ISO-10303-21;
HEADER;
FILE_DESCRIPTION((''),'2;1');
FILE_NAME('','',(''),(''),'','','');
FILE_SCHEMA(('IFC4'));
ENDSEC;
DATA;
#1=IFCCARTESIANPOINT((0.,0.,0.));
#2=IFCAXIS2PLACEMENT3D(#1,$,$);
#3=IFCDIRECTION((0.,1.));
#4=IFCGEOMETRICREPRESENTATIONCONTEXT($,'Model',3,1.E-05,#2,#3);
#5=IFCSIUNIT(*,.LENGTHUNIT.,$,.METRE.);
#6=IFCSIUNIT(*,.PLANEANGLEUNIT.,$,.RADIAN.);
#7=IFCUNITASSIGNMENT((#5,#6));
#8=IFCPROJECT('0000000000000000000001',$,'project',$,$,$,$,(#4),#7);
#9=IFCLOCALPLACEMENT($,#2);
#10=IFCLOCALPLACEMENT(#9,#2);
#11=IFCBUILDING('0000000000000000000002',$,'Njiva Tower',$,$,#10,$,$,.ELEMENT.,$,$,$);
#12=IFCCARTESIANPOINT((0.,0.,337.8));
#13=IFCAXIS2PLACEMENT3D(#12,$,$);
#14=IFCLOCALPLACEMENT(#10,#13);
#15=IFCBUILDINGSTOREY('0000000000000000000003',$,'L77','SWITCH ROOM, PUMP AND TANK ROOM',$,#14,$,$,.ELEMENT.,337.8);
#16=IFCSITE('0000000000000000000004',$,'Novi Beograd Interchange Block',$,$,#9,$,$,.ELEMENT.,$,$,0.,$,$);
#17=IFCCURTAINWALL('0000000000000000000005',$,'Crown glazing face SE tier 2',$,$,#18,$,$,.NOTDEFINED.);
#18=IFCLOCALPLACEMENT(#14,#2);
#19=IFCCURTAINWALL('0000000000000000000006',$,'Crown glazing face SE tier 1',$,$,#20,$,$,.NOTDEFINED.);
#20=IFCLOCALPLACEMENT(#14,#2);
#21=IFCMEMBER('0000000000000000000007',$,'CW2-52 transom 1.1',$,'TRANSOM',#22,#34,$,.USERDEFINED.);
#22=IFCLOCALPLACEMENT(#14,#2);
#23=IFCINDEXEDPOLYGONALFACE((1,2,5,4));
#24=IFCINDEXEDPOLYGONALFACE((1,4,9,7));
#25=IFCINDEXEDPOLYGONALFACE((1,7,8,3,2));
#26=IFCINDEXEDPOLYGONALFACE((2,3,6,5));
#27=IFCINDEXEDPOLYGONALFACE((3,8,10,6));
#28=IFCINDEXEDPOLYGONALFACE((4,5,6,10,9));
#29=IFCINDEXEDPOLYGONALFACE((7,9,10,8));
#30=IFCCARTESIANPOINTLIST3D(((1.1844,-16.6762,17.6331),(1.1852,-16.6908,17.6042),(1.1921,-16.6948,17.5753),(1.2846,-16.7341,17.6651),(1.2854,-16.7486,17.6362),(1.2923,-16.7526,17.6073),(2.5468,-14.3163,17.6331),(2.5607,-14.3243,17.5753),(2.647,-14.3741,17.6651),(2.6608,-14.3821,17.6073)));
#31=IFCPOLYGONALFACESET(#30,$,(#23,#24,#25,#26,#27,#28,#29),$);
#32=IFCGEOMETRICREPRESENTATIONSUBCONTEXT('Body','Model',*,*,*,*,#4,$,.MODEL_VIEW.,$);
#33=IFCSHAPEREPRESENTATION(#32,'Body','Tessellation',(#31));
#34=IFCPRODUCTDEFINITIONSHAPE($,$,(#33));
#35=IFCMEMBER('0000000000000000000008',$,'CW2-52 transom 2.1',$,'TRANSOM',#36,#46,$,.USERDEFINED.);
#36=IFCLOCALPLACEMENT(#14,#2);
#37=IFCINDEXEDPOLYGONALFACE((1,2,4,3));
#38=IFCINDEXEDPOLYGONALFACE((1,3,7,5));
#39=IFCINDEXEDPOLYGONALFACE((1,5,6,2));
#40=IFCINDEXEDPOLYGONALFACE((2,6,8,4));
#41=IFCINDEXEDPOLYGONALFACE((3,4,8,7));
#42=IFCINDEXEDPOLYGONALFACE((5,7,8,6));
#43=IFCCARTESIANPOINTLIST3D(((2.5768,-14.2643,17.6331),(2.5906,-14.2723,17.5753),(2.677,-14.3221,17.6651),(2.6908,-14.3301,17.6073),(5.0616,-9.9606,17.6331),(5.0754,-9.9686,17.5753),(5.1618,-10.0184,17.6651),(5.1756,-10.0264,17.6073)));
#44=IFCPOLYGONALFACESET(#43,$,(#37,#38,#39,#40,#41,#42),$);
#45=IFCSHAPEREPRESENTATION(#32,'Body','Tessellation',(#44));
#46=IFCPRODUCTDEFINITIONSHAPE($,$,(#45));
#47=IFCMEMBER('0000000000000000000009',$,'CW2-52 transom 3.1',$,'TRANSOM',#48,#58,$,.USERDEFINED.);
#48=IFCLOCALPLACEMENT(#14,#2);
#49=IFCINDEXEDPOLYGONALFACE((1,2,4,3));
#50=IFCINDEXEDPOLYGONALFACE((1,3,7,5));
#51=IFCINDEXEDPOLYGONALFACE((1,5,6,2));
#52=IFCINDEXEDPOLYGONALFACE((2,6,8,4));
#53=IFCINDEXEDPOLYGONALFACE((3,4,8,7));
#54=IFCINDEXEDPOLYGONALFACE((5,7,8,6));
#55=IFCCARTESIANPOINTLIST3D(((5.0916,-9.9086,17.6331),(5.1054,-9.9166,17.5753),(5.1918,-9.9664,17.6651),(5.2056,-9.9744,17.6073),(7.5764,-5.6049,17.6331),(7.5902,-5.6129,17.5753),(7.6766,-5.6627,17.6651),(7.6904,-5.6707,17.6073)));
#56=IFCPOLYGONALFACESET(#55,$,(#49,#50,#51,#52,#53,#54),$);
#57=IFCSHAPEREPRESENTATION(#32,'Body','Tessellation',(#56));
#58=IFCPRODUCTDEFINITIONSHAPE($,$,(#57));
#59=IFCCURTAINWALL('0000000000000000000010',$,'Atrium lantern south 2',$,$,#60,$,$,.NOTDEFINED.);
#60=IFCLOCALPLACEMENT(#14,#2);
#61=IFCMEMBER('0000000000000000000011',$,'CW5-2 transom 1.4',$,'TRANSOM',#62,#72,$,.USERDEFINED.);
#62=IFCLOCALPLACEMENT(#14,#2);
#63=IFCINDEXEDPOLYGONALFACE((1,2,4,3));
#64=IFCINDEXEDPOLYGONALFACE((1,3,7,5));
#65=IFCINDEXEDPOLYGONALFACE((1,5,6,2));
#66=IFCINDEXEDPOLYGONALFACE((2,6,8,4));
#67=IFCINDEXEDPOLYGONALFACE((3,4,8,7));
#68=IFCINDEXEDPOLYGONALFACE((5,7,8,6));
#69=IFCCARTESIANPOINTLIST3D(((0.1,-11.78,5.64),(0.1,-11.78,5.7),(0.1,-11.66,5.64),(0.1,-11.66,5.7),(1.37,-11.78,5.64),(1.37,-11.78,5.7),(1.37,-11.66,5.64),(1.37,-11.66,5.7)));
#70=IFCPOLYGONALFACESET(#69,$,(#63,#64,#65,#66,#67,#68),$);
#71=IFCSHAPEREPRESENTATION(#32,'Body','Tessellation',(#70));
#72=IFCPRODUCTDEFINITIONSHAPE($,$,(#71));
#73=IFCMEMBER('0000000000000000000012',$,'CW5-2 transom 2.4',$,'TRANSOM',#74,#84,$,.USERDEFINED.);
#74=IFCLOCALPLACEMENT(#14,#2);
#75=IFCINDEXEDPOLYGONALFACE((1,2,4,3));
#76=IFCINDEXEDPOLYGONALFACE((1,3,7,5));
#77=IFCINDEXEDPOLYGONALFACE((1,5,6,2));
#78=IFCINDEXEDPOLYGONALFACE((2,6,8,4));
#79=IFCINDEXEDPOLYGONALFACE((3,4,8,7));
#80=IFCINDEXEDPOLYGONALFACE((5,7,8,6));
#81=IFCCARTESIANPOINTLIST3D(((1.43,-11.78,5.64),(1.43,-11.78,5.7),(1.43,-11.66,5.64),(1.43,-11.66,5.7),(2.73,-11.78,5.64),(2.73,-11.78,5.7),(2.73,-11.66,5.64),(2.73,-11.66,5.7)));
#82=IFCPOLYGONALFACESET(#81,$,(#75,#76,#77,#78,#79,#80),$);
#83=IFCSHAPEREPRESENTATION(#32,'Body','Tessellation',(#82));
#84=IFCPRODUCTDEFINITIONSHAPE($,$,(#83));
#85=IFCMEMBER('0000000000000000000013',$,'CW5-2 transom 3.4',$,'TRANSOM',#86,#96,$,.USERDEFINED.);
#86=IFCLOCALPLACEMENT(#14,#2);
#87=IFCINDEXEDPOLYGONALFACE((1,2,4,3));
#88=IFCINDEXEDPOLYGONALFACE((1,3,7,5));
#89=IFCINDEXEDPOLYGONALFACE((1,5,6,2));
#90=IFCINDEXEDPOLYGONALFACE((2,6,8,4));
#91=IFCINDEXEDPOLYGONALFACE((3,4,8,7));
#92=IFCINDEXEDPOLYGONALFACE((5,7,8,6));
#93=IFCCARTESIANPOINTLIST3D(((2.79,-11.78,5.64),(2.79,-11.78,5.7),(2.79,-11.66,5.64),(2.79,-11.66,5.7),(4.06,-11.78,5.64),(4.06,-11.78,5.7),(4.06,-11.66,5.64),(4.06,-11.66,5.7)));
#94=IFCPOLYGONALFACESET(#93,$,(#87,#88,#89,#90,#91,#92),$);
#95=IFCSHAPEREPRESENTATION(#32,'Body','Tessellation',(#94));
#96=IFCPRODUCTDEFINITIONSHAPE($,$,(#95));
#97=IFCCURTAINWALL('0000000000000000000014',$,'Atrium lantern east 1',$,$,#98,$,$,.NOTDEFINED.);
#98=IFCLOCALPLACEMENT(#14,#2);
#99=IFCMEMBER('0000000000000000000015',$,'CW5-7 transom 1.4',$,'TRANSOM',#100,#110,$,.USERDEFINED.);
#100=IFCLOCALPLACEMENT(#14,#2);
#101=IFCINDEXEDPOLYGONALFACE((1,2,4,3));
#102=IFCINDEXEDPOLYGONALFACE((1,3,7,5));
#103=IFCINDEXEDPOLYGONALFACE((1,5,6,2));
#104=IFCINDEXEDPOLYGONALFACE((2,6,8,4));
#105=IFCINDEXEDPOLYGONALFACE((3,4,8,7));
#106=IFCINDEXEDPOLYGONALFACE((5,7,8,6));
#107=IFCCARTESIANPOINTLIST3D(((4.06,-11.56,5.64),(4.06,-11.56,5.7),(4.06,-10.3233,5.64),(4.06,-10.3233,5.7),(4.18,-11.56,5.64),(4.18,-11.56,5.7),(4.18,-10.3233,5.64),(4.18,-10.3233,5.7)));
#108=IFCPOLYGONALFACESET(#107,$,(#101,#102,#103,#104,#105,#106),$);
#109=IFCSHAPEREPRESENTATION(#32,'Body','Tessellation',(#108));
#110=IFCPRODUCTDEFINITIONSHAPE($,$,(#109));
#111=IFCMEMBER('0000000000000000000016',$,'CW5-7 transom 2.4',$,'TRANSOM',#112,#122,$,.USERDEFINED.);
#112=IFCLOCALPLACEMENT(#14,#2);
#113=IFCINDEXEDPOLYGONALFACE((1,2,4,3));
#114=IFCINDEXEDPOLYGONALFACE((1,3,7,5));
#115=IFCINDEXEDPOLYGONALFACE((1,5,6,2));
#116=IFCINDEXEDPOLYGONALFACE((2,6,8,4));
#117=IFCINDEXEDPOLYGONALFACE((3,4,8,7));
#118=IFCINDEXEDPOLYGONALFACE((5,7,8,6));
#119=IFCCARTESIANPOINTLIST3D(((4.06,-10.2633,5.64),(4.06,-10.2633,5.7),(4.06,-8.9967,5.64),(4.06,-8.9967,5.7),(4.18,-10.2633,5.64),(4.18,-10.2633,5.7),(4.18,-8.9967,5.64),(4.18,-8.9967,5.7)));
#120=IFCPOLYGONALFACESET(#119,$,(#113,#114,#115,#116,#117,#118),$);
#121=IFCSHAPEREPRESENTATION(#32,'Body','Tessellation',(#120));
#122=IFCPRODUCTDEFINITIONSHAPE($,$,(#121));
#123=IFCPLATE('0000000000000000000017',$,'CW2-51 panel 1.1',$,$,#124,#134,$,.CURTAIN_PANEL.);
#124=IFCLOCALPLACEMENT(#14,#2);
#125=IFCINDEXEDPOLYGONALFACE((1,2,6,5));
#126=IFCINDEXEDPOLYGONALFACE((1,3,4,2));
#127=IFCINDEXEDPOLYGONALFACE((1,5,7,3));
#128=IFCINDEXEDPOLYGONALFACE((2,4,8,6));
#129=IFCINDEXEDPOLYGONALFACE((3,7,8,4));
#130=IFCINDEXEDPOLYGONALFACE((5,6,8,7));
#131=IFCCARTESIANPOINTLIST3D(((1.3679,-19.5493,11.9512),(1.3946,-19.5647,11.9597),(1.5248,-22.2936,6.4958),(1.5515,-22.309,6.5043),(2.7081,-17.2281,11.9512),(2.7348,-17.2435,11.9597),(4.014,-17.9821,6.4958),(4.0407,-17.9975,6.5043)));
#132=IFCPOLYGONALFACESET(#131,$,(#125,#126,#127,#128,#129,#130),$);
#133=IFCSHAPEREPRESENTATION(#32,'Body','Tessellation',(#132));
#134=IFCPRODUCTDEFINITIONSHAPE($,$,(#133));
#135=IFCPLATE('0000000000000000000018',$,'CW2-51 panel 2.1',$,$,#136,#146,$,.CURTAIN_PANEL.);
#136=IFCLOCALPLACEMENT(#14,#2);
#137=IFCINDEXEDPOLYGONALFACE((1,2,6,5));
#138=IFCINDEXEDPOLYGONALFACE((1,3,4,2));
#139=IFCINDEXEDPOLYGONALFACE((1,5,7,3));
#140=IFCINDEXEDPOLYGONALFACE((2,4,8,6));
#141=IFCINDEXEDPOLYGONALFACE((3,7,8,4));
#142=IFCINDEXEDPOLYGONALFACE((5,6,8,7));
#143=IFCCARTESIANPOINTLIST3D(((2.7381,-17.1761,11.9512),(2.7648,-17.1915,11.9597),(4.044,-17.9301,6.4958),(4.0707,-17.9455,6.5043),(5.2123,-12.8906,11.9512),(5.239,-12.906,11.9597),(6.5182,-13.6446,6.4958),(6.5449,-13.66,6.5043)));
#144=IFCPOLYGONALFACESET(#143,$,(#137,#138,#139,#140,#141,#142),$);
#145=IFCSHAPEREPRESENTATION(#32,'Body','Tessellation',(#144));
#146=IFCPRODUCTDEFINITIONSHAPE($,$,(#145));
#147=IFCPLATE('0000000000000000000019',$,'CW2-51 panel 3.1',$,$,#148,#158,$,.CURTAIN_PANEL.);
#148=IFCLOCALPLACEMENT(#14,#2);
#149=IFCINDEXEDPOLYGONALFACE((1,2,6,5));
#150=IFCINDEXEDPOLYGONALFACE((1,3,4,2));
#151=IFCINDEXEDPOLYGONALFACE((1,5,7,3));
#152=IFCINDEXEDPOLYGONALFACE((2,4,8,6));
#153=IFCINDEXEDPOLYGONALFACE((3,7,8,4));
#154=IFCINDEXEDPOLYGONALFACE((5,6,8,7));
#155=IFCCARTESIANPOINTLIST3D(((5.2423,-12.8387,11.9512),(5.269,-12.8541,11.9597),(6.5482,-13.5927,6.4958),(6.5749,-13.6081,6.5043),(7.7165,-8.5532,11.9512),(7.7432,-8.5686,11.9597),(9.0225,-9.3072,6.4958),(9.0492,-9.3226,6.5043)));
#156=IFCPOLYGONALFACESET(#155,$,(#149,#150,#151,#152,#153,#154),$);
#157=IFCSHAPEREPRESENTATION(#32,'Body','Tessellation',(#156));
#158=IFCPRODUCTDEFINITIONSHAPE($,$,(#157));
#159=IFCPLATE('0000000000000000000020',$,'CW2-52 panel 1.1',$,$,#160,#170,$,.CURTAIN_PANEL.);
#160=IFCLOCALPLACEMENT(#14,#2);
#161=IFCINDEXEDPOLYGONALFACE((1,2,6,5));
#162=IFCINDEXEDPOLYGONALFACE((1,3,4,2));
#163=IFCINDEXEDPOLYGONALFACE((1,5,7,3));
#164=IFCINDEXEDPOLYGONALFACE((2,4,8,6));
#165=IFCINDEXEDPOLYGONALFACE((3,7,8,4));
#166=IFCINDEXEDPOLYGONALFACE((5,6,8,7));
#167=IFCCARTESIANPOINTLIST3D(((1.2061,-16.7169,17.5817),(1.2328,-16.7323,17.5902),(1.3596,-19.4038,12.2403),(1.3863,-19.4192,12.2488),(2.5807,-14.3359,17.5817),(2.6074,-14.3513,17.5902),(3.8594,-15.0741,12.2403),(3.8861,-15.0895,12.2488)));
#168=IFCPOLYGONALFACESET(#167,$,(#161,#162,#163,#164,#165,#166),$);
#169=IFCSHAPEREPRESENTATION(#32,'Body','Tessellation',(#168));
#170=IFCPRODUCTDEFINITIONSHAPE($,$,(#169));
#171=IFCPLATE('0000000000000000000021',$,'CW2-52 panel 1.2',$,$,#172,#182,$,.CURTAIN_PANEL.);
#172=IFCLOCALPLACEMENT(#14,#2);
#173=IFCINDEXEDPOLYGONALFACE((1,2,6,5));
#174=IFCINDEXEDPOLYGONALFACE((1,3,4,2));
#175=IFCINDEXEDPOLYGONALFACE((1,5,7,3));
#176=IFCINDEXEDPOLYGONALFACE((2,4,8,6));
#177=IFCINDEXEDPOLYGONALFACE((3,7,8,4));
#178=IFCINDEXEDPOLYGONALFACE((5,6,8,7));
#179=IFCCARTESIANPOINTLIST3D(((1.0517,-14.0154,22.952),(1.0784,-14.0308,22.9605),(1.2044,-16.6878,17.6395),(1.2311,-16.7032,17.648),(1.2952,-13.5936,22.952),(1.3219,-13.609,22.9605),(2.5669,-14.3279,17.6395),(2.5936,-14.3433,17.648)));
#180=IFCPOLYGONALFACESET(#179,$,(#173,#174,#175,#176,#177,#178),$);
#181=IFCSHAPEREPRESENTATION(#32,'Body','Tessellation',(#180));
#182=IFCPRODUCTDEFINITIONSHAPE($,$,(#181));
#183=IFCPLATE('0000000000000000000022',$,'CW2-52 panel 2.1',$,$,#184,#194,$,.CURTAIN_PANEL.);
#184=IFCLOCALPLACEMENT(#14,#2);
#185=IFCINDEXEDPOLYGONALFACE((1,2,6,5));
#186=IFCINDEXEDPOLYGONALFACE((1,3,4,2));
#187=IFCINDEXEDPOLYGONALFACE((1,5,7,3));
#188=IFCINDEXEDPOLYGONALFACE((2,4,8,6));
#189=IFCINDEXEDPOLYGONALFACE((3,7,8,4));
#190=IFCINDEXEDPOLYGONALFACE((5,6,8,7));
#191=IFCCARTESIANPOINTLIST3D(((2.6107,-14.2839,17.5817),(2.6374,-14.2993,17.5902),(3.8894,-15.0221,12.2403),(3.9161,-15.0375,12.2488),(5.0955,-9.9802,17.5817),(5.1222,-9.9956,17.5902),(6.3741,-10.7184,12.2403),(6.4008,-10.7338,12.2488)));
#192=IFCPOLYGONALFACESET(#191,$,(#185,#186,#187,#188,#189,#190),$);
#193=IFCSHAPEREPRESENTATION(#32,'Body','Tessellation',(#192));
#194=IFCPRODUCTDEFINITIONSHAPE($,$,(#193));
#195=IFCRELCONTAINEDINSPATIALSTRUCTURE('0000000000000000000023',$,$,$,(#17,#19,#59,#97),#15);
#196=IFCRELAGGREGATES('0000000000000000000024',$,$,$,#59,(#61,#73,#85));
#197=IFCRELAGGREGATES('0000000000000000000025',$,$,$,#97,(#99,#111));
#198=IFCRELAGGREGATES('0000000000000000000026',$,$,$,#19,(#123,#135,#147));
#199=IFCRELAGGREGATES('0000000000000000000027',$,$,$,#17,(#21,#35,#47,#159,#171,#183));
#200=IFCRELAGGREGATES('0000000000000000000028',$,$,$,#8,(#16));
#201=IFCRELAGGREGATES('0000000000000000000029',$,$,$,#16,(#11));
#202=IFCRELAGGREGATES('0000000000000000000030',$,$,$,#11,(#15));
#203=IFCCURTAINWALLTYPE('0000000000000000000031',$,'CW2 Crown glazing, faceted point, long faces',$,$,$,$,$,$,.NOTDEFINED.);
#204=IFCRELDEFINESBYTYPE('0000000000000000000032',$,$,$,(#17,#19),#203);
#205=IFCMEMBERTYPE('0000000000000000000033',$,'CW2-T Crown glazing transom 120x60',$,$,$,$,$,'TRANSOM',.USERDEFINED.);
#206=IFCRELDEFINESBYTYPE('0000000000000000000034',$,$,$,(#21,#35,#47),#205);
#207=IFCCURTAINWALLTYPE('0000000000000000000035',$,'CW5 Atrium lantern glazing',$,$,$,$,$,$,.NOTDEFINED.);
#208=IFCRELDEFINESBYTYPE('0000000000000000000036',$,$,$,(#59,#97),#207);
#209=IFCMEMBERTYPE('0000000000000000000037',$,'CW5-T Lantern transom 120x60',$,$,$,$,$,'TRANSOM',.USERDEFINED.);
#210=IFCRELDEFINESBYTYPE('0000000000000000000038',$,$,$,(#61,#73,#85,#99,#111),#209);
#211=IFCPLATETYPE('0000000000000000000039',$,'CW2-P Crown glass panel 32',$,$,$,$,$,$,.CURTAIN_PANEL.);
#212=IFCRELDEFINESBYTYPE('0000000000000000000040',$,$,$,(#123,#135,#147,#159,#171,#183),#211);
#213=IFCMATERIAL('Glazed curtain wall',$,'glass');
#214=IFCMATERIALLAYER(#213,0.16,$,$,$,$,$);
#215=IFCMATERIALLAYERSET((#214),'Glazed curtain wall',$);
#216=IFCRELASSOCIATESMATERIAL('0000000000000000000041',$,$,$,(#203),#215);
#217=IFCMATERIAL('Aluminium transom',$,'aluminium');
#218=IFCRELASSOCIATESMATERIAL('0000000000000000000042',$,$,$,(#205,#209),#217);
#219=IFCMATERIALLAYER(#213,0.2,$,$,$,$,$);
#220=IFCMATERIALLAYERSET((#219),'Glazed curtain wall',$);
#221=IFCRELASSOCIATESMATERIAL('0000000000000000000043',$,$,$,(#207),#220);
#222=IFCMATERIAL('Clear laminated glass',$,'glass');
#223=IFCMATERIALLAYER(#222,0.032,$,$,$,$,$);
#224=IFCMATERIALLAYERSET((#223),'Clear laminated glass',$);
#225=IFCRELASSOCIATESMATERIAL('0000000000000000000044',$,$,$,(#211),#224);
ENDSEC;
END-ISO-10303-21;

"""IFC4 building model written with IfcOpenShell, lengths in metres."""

from ifc_helpers import new_model, si_unit, direction, frame, origin, origin_2d, place, context, subcontext, project, spatial, polyline, rectangle, outline, extrude, clip, halfspace, material, layer, layer_set, material_profile, profile_set, type_object, element, aggregate, save


model = new_model("IFC4")

# Units and contexts
model_context = context("Model", 3, precision=1e-05, world=origin(), true_north=direction((0.0, 1.0)))
body_context = subcontext(model_context, "Body", "Model", "MODEL_VIEW")
ifc_project = project(units=[si_unit("LENGTHUNIT", "METRE"), si_unit("PLANEANGLEUNIT", "RADIAN")], contexts=[model_context])

# Site, building, storey
site_placement = place(None, origin())
site = spatial("IfcSite", under=ifc_project, at=site_placement, Name="Novi Beograd Interchange Block", CompositionType="ELEMENT", RefElevation=0.0)
building_placement = place(site_placement, origin())
building = spatial("IfcBuilding", under=site, at=building_placement, Name="Njiva Tower", CompositionType="ELEMENT")
storey_placement = place(building_placement, frame((0.0, 0.0, 337.8)))
storey = spatial("IfcBuildingStorey", under=building, at=storey_placement, Name="L77", Description="SWITCH ROOM, PUMP AND TANK ROOM", CompositionType="ELEMENT", Elevation=337.8)

# Curtain wall
ifc_material_1 = material(Name="Glazed curtain wall", Category="glass")
ifc_layer_1 = layer(ifc_material_1, 0.16)
ifc_layer_set_1 = layer_set([ifc_layer_1], Name="Glazed curtain wall")
curtain_wall_type_1 = type_object("IfcCurtainWallType", Name="CW2 Crown glazing, faceted point, long faces", PredefinedType="NOTDEFINED", material=ifc_layer_set_1)
curtain_wall_1_placement = place(storey_placement, origin())
curtain_wall_1 = element("IfcCurtainWall", 1, at=curtain_wall_1_placement, inside=storey, type_object=curtain_wall_type_1, Name="Crown glazing face SE tier 2", PredefinedType="NOTDEFINED")

# Curtain wall
curtain_wall_2_placement = place(storey_placement, origin())
curtain_wall_2 = element("IfcCurtainWall", 2, at=curtain_wall_2_placement, inside=storey, type_object=curtain_wall_type_1, Name="Crown glazing face SE tier 1", PredefinedType="NOTDEFINED")

# Members
ifc_material_2 = material(Name="Aluminium transom", Category="aluminium")
ifc_material_profile_1 = material_profile(ifc_material_2, rectangle(XDim=0.12, YDim=0.06, at=origin_2d()), Name="RECT 120x60")
ifc_profile_set_1 = profile_set([ifc_material_profile_1], Name="Aluminium transom")
member_type_1 = type_object("IfcMemberType", Name="CW2-T Crown glazing transom 120x60", ElementType="TRANSOM", PredefinedType="USERDEFINED", material=ifc_profile_set_1)
member_1_placement = place(storey_placement, frame((1.2353, -16.7197, 17.6202), z_axis=(0.49997, 0.866043, 0.0), x_axis=(0.834739, -0.481899, 0.266428)))
member_1 = element("IfcMember", 3, at=member_1_placement, type_object=member_type_1, Name="CW2-52 transom 1.1", ObjectType="TRANSOM", PredefinedType="USERDEFINED", context=body_context, shape_type="Clipping", body=[
    clip(extrude(rectangle(XDim=0.12, YDim=0.06, at=origin_2d()), origin(), (0.0, 0.0, 1.0), 2.7372), halfspace(frame((0.0599, 0.0, 0.0), z_axis=(-0.000031, -0.376223, -0.926529), x_axis=(0.0, -0.926529, 0.376223)), False)),
])
member_2_placement = place(storey_placement, frame((2.6338, -14.2972, 17.6202), z_axis=(0.500009, 0.86602, 0.0), x_axis=(0.834718, -0.481936, 0.266428)))
member_2 = element("IfcMember", 4, at=member_2_placement, type_object=member_type_1, Name="CW2-52 transom 2.1", ObjectType="TRANSOM", PredefinedType="USERDEFINED", context=body_context, shape_type="SweptSolid", body=[
    extrude(rectangle(XDim=0.12, YDim=0.06, at=origin_2d()), origin(), (0.0, 0.0, 1.0), 4.9695),
])
member_3_placement = place(storey_placement, frame((5.1486, -9.9415, 17.6202), z_axis=(0.500009, 0.86602, 0.0), x_axis=(0.834718, -0.481936, 0.266428)))
member_3 = element("IfcMember", 5, at=member_3_placement, type_object=member_type_1, Name="CW2-52 transom 3.1", ObjectType="TRANSOM", PredefinedType="USERDEFINED", context=body_context, shape_type="SweptSolid", body=[
    extrude(rectangle(XDim=0.12, YDim=0.06, at=origin_2d()), origin(), (0.0, 0.0, 1.0), 4.9695),
])

# Curtain walls, members
ifc_layer_2 = layer(ifc_material_1, 0.2)
ifc_layer_set_2 = layer_set([ifc_layer_2], Name="Glazed curtain wall")
curtain_wall_type_2 = type_object("IfcCurtainWallType", Name="CW5 Atrium lantern glazing", PredefinedType="NOTDEFINED", material=ifc_layer_set_2)
curtain_wall_3_placement = place(storey_placement, origin())
curtain_wall_3 = element("IfcCurtainWall", 6, at=curtain_wall_3_placement, inside=storey, type_object=curtain_wall_type_2, Name="Atrium lantern south 2", PredefinedType="NOTDEFINED")
ifc_material_profile_2 = material_profile(ifc_material_2, rectangle(XDim=0.12, YDim=0.06, at=origin_2d()), Name="RECT 120x60")
ifc_profile_set_2 = profile_set([ifc_material_profile_2], Name="Aluminium transom")
member_type_2 = type_object("IfcMemberType", Name="CW5-T Lantern transom 120x60", ElementType="TRANSOM", PredefinedType="USERDEFINED", material=ifc_profile_set_2)
member_4_placement = place(storey_placement, frame((0.1, -11.72, 5.67), z_axis=(1.0, 0.0, 0.0), x_axis=(0.0, 1.0, 0.0)))
member_4 = element("IfcMember", 7, at=member_4_placement, type_object=member_type_2, Name="CW5-2 transom 1.4", ObjectType="TRANSOM", PredefinedType="USERDEFINED", context=body_context, shape_type="SweptSolid", body=[
    extrude(rectangle(XDim=0.12, YDim=0.06, at=origin_2d()), origin(), (0.0, 0.0, 1.0), 1.27),
])
member_5_placement = place(storey_placement, frame((1.43, -11.72, 5.67), z_axis=(1.0, 0.0, 0.0), x_axis=(0.0, 1.0, 0.0)))
member_5 = element("IfcMember", 8, at=member_5_placement, type_object=member_type_2, Name="CW5-2 transom 2.4", ObjectType="TRANSOM", PredefinedType="USERDEFINED", context=body_context, shape_type="SweptSolid", body=[
    extrude(rectangle(XDim=0.12, YDim=0.06, at=origin_2d()), origin(), (0.0, 0.0, 1.0), 1.3),
])
member_6_placement = place(storey_placement, frame((2.79, -11.72, 5.67), z_axis=(1.0, 0.0, 0.0), x_axis=(0.0, 1.0, 0.0)))
member_6 = element("IfcMember", 9, at=member_6_placement, type_object=member_type_2, Name="CW5-2 transom 3.4", ObjectType="TRANSOM", PredefinedType="USERDEFINED", context=body_context, shape_type="SweptSolid", body=[
    extrude(rectangle(XDim=0.12, YDim=0.06, at=origin_2d()), origin(), (0.0, 0.0, 1.0), 1.27),
])
aggregate(curtain_wall_3, [member_4, member_5, member_6])
curtain_wall_4_placement = place(storey_placement, origin())
curtain_wall_4 = element("IfcCurtainWall", 10, at=curtain_wall_4_placement, inside=storey, type_object=curtain_wall_type_2, Name="Atrium lantern east 1", PredefinedType="NOTDEFINED")
member_7_placement = place(storey_placement, frame((4.12, -11.56, 5.67), z_axis=(0.0, 1.0, 0.0), x_axis=(-1.0, 0.0, 0.0)))
member_7 = element("IfcMember", 11, at=member_7_placement, type_object=member_type_2, Name="CW5-7 transom 1.4", ObjectType="TRANSOM", PredefinedType="USERDEFINED", context=body_context, shape_type="SweptSolid", body=[
    extrude(rectangle(XDim=0.12, YDim=0.06, at=origin_2d()), origin(), (0.0, 0.0, 1.0), 1.2367),
])
member_8_placement = place(storey_placement, frame((4.12, -10.2633, 5.67), z_axis=(0.0, 1.0, 0.0), x_axis=(-1.0, 0.0, 0.0)))
member_8 = element("IfcMember", 12, at=member_8_placement, type_object=member_type_2, Name="CW5-7 transom 2.4", ObjectType="TRANSOM", PredefinedType="USERDEFINED", context=body_context, shape_type="SweptSolid", body=[
    extrude(rectangle(XDim=0.12, YDim=0.06, at=origin_2d()), origin(), (0.0, 0.0, 1.0), 1.2666),
])
aggregate(curtain_wall_4, [member_7, member_8])

# Plates
ifc_material_3 = material(Name="Clear laminated glass", Category="glass")
ifc_layer_3 = layer(ifc_material_3, 0.032)
ifc_layer_set_3 = layer_set([ifc_layer_3], Name="Clear laminated glass")
plate_type_1 = type_object("IfcPlateType", Name="CW2-P Crown glass panel 32", PredefinedType="CURTAIN_PANEL", material=ifc_layer_set_3)
plate_1_placement = place(storey_placement, frame((4.0407, -17.9975, 6.5043), z_axis=(0.834722, -0.481928, 0.26643), x_axis=(-0.230732, 0.13322, 0.963854)))
plate_1 = element("IfcPlate", 13, at=plate_1_placement, type_object=plate_type_1, Name="CW2-51 panel 1.1", PredefinedType="CURTAIN_PANEL", context=body_context, shape_type="SweptSolid", body=[
    extrude(outline(polyline([(0.0, 0.0), (5.66, 0.0), (5.66, 2.6803), (0.0, 4.9785), (0.0, 0.0)])), origin(), (0.0, 0.0, -1.0), 0.032),
])
plate_2_placement = place(storey_placement, frame((6.5449, -13.66, 6.5043), z_axis=(0.834727, -0.481923, 0.266422), x_axis=(-0.230726, 0.133216, 0.963856)))
plate_2 = element("IfcPlate", 14, at=plate_2_placement, type_object=plate_type_1, Name="CW2-51 panel 2.1", PredefinedType="CURTAIN_PANEL", context=body_context, shape_type="SweptSolid", body=[
    extrude(outline(polyline([(0.0, 0.0), (5.66, 0.0), (5.6599, 4.9485), (0.0, 4.9485), (0.0, 0.0)])), origin(), (0.0, 0.0, -1.0), 0.032),
])
plate_3_placement = place(storey_placement, frame((9.0492, -9.3226, 6.5043), z_axis=(0.834721, -0.481929, 0.266429), x_axis=(-0.230736, 0.133212, 0.963854)))
plate_3 = element("IfcPlate", 15, at=plate_3_placement, type_object=plate_type_1, Name="CW2-51 panel 3.1", PredefinedType="CURTAIN_PANEL", context=body_context, shape_type="SweptSolid", body=[
    extrude(outline(polyline([(0.0, 0.0), (5.66, 0.0), (5.66, 4.9485), (0.0, 4.9485), (0.0, 0.0)])), origin(), (0.0, 0.0, -1.0), 0.032),
])
aggregate(curtain_wall_2, [plate_1, plate_2, plate_3])
plate_4_placement = place(storey_placement, frame((3.8861, -15.0895, 12.2488), z_axis=(0.834725, -0.481926, 0.266422), x_axis=(-0.230733, 0.133203, 0.963856)))
plate_4 = element("IfcPlate", 16, at=plate_4_placement, type_object=plate_type_1, Name="CW2-52 panel 1.1", PredefinedType="CURTAIN_PANEL", context=body_context, shape_type="SweptSolid", body=[
    extrude(outline(polyline([(0.0, 0.0), (5.5417, 0.0), (5.5417, 2.7493), (0.0001, 4.9995), (0.0, 0.0)])), origin(), (0.0, 0.0, -1.0), 0.032),
])
plate_5_placement = place(storey_placement, frame((1.2311, -16.7032, 17.648), z_axis=(0.834726, -0.481925, 0.266424), x_axis=(0.499997, 0.866027, -0.000002)))
plate_5 = element("IfcPlate", 17, at=plate_5_placement, type_object=plate_type_1, Name="CW2-52 panel 1.2", PredefinedType="CURTAIN_PANEL", context=body_context, shape_type="SweptSolid", body=[
    extrude(outline(polyline([(0.0, 0.0), (2.725, 0.0), (2.7251, 5.5117), (2.238, 5.5117), (0.0, 0.0)])), origin(), (0.0, 0.0, -1.0), 0.032),
])
plate_6_placement = place(storey_placement, frame((6.4008, -10.7338, 12.2488), z_axis=(0.834723, -0.481929, 0.266424), x_axis=(-0.23073, 0.133212, 0.963856)))
plate_6 = element("IfcPlate", 18, at=plate_6_placement, type_object=plate_type_1, Name="CW2-52 panel 2.1", PredefinedType="CURTAIN_PANEL", context=body_context, shape_type="SweptSolid", body=[
    extrude(outline(polyline([(0.0, 0.0), (5.5417, 0.0), (5.5417, 4.9695), (0.0, 4.9695), (0.0, 0.0)])), origin(), (0.0, 0.0, -1.0), 0.032),
])
aggregate(curtain_wall_1, [member_1, member_2, member_3, plate_4, plate_5, plate_6])

save(model, "model.ifc")
